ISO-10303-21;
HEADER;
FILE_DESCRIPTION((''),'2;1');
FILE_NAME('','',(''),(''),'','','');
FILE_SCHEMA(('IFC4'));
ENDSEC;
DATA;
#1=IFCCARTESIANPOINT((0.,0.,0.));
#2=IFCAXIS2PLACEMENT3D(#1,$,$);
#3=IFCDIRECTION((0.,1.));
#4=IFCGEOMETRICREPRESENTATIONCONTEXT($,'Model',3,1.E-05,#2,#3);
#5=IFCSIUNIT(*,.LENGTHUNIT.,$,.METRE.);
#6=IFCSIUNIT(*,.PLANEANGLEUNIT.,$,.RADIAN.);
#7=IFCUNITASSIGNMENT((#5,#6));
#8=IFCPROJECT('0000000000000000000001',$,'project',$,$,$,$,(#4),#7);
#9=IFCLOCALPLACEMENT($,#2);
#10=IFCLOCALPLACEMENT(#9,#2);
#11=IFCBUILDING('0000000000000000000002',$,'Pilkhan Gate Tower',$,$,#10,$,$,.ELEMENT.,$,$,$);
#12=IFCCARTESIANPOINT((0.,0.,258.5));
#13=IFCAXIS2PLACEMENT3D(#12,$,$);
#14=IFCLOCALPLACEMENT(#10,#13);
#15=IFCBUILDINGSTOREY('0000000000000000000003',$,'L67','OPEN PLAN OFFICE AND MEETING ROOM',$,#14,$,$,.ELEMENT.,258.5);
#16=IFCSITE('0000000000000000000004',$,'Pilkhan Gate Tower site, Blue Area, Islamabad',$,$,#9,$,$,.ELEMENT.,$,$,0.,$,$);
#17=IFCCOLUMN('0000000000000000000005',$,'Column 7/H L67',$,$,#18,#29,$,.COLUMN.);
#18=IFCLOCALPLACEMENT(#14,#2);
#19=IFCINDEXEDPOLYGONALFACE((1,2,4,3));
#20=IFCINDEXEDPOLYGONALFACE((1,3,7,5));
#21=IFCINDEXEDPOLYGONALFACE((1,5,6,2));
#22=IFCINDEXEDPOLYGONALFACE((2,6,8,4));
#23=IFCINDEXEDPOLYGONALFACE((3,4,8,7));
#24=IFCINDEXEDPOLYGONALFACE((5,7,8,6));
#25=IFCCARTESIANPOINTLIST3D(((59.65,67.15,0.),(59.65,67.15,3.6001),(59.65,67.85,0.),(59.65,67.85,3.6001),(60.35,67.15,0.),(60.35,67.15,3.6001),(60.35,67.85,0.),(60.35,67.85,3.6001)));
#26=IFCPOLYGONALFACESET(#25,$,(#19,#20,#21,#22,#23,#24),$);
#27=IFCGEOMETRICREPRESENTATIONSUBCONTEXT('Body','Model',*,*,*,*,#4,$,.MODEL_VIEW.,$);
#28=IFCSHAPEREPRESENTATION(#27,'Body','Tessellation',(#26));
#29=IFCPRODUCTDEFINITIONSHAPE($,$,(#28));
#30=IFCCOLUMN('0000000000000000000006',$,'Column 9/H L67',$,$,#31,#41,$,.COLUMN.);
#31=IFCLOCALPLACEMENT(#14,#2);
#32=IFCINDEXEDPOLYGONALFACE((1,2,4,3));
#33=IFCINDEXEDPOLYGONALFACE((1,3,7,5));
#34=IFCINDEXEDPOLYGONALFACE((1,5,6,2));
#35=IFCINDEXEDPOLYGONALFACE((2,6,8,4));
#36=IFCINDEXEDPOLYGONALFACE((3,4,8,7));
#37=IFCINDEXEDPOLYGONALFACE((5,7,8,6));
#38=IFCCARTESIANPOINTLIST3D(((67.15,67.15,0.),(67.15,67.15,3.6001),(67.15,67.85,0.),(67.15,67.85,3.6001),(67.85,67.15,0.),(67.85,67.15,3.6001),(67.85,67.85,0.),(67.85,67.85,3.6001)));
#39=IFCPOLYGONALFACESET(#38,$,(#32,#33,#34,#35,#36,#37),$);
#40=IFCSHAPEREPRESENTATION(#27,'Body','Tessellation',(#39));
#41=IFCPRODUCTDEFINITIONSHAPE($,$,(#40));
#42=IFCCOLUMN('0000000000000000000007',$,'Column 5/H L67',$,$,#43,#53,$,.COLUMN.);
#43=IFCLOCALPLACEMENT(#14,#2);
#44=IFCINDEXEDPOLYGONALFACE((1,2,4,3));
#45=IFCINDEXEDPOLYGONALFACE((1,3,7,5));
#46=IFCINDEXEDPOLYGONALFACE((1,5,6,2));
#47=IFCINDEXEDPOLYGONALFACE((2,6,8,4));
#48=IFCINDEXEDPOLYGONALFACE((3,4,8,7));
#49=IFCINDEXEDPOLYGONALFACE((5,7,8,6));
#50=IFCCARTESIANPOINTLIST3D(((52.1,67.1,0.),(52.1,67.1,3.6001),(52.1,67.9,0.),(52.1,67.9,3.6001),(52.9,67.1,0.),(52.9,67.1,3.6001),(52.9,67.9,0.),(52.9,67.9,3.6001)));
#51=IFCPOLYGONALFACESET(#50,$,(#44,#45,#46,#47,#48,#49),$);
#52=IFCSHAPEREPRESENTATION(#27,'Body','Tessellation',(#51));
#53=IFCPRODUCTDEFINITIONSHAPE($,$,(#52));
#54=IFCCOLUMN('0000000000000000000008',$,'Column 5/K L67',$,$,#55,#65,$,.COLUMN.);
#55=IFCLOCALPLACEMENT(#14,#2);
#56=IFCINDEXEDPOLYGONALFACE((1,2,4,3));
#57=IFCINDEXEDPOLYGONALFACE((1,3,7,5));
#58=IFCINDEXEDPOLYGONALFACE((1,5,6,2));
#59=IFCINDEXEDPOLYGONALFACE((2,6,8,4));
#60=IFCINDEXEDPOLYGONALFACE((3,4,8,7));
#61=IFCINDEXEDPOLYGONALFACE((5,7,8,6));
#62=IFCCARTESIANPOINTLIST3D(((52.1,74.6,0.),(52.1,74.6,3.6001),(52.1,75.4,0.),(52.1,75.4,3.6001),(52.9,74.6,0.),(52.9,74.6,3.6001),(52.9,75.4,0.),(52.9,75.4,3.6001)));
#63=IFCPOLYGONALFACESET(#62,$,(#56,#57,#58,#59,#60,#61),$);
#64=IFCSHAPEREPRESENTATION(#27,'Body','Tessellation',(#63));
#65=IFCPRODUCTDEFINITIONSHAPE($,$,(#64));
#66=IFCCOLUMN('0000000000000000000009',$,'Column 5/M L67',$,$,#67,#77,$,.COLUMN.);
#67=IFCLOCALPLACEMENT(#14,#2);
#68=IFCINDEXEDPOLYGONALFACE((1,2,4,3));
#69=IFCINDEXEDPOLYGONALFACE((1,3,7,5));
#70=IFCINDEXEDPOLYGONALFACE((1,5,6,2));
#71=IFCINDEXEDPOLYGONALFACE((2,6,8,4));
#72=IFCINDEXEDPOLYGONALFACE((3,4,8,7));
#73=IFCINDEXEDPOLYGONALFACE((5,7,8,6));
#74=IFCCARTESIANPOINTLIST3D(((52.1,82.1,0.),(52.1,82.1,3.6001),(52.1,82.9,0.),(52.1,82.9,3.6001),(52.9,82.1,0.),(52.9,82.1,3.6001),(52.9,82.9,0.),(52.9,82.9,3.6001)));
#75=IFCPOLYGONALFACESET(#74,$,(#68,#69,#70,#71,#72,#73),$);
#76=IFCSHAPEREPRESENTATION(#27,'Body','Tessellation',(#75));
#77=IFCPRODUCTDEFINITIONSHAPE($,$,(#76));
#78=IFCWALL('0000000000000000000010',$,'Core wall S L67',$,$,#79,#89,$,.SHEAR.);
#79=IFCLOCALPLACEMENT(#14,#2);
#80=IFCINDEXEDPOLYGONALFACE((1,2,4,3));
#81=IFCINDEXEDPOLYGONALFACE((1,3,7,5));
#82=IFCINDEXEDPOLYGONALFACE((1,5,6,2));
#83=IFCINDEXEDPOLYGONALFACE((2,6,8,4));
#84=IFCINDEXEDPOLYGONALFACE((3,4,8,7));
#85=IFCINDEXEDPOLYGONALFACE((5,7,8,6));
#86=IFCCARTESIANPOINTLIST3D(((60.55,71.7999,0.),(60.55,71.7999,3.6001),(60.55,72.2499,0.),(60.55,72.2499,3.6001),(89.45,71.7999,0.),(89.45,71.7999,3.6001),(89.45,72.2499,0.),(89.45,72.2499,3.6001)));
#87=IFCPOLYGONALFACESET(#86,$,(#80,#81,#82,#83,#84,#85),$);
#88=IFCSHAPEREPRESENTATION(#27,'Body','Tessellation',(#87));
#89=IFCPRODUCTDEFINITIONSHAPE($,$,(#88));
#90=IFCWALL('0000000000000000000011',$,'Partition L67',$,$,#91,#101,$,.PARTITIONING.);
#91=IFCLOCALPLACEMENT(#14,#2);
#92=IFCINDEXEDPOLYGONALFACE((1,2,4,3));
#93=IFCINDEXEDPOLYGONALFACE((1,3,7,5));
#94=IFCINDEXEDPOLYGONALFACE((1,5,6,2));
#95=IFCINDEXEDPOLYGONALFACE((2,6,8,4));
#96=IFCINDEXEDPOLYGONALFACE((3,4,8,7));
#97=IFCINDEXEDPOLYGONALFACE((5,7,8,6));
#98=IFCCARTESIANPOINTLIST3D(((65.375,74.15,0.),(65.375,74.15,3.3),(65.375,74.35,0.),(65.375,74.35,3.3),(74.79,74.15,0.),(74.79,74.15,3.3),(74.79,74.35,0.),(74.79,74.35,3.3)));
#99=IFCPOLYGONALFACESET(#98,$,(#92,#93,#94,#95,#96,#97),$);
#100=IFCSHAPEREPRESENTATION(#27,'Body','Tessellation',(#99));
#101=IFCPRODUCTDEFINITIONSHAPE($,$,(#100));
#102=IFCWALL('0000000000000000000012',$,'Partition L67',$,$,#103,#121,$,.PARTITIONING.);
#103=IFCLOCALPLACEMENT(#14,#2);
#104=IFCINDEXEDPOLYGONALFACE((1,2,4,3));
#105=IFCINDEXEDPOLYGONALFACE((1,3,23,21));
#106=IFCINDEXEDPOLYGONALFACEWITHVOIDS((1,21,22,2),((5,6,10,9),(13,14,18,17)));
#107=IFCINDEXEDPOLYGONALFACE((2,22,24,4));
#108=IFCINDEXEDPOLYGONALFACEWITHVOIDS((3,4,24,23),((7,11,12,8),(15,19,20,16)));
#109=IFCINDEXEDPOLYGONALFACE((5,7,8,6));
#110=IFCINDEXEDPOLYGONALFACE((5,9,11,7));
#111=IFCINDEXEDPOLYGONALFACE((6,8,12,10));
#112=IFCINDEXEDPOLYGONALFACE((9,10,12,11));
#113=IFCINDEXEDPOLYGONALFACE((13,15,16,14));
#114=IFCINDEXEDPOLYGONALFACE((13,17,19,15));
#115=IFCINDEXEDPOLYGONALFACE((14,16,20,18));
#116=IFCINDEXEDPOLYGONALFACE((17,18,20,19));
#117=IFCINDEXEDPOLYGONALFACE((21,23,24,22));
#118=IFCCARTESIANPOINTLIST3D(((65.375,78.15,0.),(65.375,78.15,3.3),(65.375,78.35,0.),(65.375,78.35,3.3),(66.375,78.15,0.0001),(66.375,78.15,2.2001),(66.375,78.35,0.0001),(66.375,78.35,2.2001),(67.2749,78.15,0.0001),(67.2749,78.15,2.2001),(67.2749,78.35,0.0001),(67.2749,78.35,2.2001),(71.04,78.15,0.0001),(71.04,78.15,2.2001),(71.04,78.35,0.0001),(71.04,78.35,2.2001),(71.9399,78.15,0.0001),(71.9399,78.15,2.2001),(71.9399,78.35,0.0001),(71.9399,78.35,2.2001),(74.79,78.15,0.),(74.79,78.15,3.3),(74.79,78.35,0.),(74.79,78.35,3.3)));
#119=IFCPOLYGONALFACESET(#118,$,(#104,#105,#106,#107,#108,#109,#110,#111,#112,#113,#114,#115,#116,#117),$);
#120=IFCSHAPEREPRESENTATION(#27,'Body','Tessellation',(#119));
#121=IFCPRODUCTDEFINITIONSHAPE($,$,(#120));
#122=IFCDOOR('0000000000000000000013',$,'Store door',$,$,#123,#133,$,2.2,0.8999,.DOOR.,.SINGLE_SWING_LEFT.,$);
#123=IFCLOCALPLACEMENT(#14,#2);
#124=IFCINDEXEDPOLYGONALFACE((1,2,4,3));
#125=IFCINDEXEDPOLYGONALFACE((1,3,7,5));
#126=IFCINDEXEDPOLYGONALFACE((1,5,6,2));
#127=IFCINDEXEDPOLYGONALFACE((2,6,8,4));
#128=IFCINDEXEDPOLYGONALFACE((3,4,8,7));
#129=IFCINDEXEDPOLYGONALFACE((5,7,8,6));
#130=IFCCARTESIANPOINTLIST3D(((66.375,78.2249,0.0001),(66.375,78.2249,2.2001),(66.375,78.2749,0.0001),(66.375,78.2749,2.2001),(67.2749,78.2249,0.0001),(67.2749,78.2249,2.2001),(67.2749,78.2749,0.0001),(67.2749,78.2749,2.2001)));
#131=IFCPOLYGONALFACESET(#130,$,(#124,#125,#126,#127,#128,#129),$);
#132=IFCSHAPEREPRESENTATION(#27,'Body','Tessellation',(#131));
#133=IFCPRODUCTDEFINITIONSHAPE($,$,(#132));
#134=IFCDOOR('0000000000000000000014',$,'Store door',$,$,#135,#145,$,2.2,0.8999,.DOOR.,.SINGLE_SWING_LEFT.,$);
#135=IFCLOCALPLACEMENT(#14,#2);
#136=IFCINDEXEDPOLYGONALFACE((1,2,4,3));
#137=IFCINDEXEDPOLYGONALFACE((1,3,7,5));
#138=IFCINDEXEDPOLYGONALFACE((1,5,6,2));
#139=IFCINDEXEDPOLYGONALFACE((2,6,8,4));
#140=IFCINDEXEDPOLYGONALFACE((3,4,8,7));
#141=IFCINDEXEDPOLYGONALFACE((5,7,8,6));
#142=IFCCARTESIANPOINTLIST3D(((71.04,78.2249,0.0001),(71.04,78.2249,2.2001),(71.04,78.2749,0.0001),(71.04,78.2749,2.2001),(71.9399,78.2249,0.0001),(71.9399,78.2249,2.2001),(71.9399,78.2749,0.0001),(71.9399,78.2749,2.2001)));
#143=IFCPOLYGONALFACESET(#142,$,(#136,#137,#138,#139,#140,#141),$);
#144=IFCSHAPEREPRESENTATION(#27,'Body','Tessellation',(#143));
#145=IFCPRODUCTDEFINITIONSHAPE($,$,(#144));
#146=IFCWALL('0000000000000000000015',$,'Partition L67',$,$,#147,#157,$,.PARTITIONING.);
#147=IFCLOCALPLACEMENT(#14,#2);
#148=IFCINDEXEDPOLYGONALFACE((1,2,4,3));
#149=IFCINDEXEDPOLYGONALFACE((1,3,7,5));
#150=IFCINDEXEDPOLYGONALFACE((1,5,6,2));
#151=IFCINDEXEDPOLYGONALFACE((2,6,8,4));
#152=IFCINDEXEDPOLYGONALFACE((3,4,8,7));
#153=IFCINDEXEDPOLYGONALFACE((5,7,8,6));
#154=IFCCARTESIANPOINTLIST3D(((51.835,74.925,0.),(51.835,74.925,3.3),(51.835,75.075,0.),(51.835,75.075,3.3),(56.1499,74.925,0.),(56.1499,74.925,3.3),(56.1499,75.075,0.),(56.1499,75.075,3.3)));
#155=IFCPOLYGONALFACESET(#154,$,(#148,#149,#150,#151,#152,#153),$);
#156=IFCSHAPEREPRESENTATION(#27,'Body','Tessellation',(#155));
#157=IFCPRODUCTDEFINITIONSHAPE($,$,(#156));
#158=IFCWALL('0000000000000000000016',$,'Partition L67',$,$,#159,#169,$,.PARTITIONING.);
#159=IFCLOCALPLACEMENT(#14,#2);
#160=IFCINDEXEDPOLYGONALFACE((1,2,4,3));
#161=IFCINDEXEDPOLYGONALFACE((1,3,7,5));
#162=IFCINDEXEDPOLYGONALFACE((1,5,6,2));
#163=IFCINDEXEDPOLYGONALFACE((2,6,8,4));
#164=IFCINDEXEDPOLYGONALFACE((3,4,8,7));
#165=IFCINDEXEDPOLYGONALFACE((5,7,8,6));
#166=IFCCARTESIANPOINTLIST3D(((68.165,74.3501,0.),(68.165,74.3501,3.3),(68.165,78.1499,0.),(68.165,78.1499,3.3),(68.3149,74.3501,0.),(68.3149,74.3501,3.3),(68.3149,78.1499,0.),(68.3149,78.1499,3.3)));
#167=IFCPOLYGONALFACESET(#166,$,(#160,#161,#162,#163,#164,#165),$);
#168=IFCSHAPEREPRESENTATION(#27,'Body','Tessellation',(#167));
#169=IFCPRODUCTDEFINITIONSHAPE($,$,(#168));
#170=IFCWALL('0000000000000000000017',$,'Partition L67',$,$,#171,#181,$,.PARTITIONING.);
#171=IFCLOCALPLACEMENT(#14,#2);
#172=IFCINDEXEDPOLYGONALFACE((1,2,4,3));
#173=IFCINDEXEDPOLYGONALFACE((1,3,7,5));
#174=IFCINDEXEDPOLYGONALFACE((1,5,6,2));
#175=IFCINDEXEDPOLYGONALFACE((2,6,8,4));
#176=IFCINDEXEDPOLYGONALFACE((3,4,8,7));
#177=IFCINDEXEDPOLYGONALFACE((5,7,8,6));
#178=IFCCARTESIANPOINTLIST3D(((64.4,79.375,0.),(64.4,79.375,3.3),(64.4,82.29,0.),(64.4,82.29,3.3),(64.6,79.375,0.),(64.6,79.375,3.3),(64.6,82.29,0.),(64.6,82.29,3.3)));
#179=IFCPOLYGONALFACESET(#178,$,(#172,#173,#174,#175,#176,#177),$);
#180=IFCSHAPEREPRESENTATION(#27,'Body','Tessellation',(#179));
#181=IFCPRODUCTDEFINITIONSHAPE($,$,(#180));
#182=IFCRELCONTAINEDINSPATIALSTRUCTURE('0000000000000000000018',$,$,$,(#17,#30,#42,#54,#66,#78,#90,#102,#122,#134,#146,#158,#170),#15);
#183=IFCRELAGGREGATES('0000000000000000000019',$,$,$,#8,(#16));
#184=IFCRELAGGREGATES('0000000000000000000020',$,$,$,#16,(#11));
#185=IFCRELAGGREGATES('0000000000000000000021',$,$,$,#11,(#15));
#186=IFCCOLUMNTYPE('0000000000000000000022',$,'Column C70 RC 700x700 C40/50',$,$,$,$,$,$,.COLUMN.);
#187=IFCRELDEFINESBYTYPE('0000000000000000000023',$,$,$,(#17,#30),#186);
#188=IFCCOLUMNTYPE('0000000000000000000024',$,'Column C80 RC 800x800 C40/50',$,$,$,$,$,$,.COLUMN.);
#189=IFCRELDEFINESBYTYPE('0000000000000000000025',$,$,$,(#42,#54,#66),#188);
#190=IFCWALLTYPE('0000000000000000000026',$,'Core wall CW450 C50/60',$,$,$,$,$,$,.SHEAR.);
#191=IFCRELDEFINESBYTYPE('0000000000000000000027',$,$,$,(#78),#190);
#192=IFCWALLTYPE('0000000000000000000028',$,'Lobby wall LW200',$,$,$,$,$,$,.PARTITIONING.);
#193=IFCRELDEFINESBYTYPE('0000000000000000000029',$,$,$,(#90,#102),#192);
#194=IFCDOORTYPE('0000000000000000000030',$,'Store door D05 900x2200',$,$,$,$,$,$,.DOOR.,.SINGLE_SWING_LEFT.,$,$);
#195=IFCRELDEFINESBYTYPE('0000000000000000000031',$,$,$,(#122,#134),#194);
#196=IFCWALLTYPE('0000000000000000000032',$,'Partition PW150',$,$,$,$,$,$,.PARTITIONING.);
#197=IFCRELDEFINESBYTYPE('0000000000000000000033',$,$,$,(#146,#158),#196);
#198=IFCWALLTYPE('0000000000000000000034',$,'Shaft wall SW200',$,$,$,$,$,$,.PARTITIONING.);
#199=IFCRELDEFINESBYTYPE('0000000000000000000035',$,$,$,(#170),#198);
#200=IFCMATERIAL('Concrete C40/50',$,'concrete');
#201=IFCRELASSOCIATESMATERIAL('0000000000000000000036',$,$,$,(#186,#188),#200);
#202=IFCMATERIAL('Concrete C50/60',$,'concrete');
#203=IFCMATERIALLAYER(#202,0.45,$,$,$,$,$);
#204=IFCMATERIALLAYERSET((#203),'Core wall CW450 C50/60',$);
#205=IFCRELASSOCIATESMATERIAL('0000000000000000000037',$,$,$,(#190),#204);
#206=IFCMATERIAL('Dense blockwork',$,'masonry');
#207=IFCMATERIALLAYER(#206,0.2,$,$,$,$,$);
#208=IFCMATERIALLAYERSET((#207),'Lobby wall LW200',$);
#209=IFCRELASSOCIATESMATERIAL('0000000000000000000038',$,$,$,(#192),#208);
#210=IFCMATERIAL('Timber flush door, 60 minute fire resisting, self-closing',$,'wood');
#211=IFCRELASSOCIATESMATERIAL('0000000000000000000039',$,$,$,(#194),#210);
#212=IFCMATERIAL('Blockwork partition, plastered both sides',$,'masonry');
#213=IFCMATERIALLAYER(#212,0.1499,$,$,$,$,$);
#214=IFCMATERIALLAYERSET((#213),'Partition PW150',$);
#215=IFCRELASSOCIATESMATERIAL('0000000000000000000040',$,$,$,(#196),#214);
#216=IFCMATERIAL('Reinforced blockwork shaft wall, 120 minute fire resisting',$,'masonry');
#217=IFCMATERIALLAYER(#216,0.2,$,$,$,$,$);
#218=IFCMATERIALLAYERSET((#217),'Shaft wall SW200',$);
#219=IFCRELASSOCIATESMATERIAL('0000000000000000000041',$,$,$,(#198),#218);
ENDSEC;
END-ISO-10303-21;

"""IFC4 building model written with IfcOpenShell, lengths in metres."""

from ifc_helpers import new_model, si_unit, direction, frame, frame_2d, origin, origin_2d, place, context, subcontext, project, spatial, rectangle, extrude, material, layer, layer_set, material_profile, profile_set, type_object, element, fill, save


model = new_model("IFC4")

# Units and contexts
model_context = context("Model", 3, precision=1e-05, world=origin(), true_north=direction((0.0, 1.0)))
body_context = subcontext(model_context, "Body", "Model", "MODEL_VIEW")
ifc_project = project(units=[si_unit("LENGTHUNIT", "METRE"), si_unit("PLANEANGLEUNIT", "RADIAN")], contexts=[model_context])

# Site, building, storey
site_placement = place(None, origin())
site = spatial("IfcSite", under=ifc_project, at=site_placement, Name="Pilkhan Gate Tower site, Blue Area, Islamabad", CompositionType="ELEMENT", RefElevation=0.0)
building_placement = place(site_placement, origin())
building = spatial("IfcBuilding", under=site, at=building_placement, Name="Pilkhan Gate Tower", CompositionType="ELEMENT")
storey_placement = place(building_placement, frame((0.0, 0.0, 258.5)))
storey = spatial("IfcBuildingStorey", under=building, at=storey_placement, Name="L67", Description="OPEN PLAN OFFICE AND MEETING ROOM", CompositionType="ELEMENT", Elevation=258.5)

# Columns
ifc_material_1 = material(Name="Concrete C40/50", Category="concrete")
ifc_material_profile_1 = material_profile(ifc_material_1, rectangle(XDim=0.7, YDim=0.7, at=origin_2d()), Name="RC 700x700")
ifc_profile_set_1 = profile_set([ifc_material_profile_1], Name="Concrete C40/50")
column_type_1 = type_object("IfcColumnType", Name="Column C70 RC 700x700 C40/50", PredefinedType="COLUMN", material=ifc_profile_set_1)
for number, where, z_axis, x_axis, name in (
    (1, (60.0, 67.5, 0.0), (0.0, 0.0, 1.0), (1.0, 0.0, 0.0), "Column 7/H L67"),
    (2, (67.5, 67.5, 0.0), (0.0, 0.0, 1.0), (1.0, 0.0, 0.0), "Column 9/H L67"),
):
    element("IfcColumn", number, at=place(storey_placement, frame(where, z_axis=z_axis, x_axis=x_axis)), inside=storey, type_object=column_type_1, Name=name, PredefinedType="COLUMN", context=body_context, shape_type="SweptSolid", body=[
        extrude(rectangle(XDim=0.7, YDim=0.7, at=origin_2d()), origin(), (0.0, 0.0, 1.0), 3.6001),
    ])
ifc_material_profile_2 = material_profile(ifc_material_1, rectangle(XDim=0.8, YDim=0.8, at=origin_2d()), Name="RC 800x800")
ifc_profile_set_2 = profile_set([ifc_material_profile_2], Name="Concrete C40/50")
column_type_2 = type_object("IfcColumnType", Name="Column C80 RC 800x800 C40/50", PredefinedType="COLUMN", material=ifc_profile_set_2)
for number, where, z_axis, x_axis, name in (
    (3, (52.5, 67.5, 0.0), (0.0, 0.0, 1.0), (1.0, 0.0, 0.0), "Column 5/H L67"),
    (4, (52.5, 75.0, 0.0), (0.0, 0.0, 1.0), (1.0, 0.0, 0.0), "Column 5/K L67"),
    (5, (52.5, 82.5, 0.0), (0.0, 0.0, 1.0), (1.0, 0.0, 0.0), "Column 5/M L67"),
):
    element("IfcColumn", number, at=place(storey_placement, frame(where, z_axis=z_axis, x_axis=x_axis)), inside=storey, type_object=column_type_2, Name=name, PredefinedType="COLUMN", context=body_context, shape_type="SweptSolid", body=[
        extrude(rectangle(XDim=0.8, YDim=0.8, at=origin_2d()), origin(), (0.0, 0.0, 1.0), 3.6001),
    ])

# Walls
ifc_material_2 = material(Name="Concrete C50/60", Category="concrete")
ifc_layer_1 = layer(ifc_material_2, 0.45)
ifc_layer_set_1 = layer_set([ifc_layer_1], Name="Core wall CW450 C50/60")
wall_type_1 = type_object("IfcWallType", Name="Core wall CW450 C50/60", PredefinedType="SHEAR", material=ifc_layer_set_1)
wall_1_placement = place(storey_placement, frame((60.55, 72.0249, 0.0), z_axis=(0.0, 0.0, 1.0), x_axis=(1.0, 0.0, 0.0)))
element("IfcWall", 6, at=wall_1_placement, inside=storey, type_object=wall_type_1, Name="Core wall S L67", PredefinedType="SHEAR", context=body_context, shape_type="SweptSolid", body=[
    extrude(rectangle(XDim=28.8999, YDim=0.45, at=frame_2d((14.45, 0.0))), origin(), (0.0, 0.0, 1.0), 3.6001),
])
ifc_material_3 = material(Name="Dense blockwork", Category="masonry")
ifc_layer_2 = layer(ifc_material_3, 0.2)
ifc_layer_set_2 = layer_set([ifc_layer_2], Name="Lobby wall LW200")
wall_type_2 = type_object("IfcWallType", Name="Lobby wall LW200", PredefinedType="PARTITIONING", material=ifc_layer_set_2)
wall_2_placement = place(storey_placement, frame((65.375, 74.25, 0.0), z_axis=(0.0, 0.0, 1.0), x_axis=(1.0, 0.0, 0.0)))
element("IfcWall", 7, at=wall_2_placement, inside=storey, type_object=wall_type_2, Name="Partition L67", PredefinedType="PARTITIONING", context=body_context, shape_type="SweptSolid", body=[
    extrude(rectangle(XDim=9.415, YDim=0.2, at=frame_2d((4.7075, 0.0))), origin(), (0.0, 0.0, 1.0), 3.3),
])

# Wall, openings, doors
wall_3_placement = place(storey_placement, frame((65.375, 78.25, 0.0), z_axis=(0.0, 0.0, 1.0), x_axis=(1.0, 0.0, 0.0)))
wall_3 = element("IfcWall", 8, at=wall_3_placement, inside=storey, type_object=wall_type_2, Name="Partition L67", PredefinedType="PARTITIONING", context=body_context, shape_type="SweptSolid", body=[
    extrude(rectangle(XDim=9.415, YDim=0.2, at=frame_2d((4.7075, 0.0))), origin(), (0.0, 0.0, 1.0), 3.3),
])
opening_1_placement = place(wall_3_placement, frame((1.0, 0.0, 0.0)))
opening_1 = element("IfcOpeningElement", 9, at=opening_1_placement, cuts=wall_3, PredefinedType="OPENING", context=body_context, shape_type="SweptSolid", body=[
    extrude(rectangle(XDim=0.8999, YDim=2.2, at=frame_2d((0.45, 1.1001))), frame((0.0, 0.1099, 0.0), z_axis=(0.0, -1.0, 0.0), x_axis=(1.0, 0.0, 0.0)), (0.0, 0.0, 1.0), 0.22),
])
opening_2_placement = place(wall_3_placement, frame((5.665, 0.0, 0.0)))
opening_2 = element("IfcOpeningElement", 10, at=opening_2_placement, cuts=wall_3, PredefinedType="OPENING", context=body_context, shape_type="SweptSolid", body=[
    extrude(rectangle(XDim=0.8999, YDim=2.2, at=frame_2d((0.45, 1.1001))), frame((0.0, 0.1099, 0.0), z_axis=(0.0, -1.0, 0.0), x_axis=(1.0, 0.0, 0.0)), (0.0, 0.0, 1.0), 0.22),
])
ifc_material_4 = material(Name="Timber flush door, 60 minute fire resisting, self-closing", Category="wood")
door_type = type_object("IfcDoorType", Name="Store door D05 900x2200", OperationType="SINGLE_SWING_LEFT", PredefinedType="DOOR", material=ifc_material_4)
door_1_placement = place(opening_1_placement, origin())
door_1 = element("IfcDoor", 11, at=door_1_placement, inside=storey, type_object=door_type, Name="Store door", OperationType="SINGLE_SWING_LEFT", OverallHeight=2.2, OverallWidth=0.8999, PredefinedType="DOOR", context=body_context, shape_type="SweptSolid", body=[
    extrude(rectangle(XDim=0.8999, YDim=2.2, at=frame_2d((0.45, 1.1001))), frame((0.0, 0.0249, 0.0), z_axis=(0.0, -1.0, 0.0), x_axis=(1.0, 0.0, 0.0)), (0.0, 0.0, 1.0), 0.05),
])
fill(opening_1, door_1)
door_2_placement = place(opening_2_placement, origin())
door_2 = element("IfcDoor", 12, at=door_2_placement, inside=storey, type_object=door_type, Name="Store door", OperationType="SINGLE_SWING_LEFT", OverallHeight=2.2, OverallWidth=0.8999, PredefinedType="DOOR", context=body_context, shape_type="SweptSolid", body=[
    extrude(rectangle(XDim=0.8999, YDim=2.2, at=frame_2d((0.45, 1.1001))), frame((0.0, 0.0249, 0.0), z_axis=(0.0, -1.0, 0.0), x_axis=(1.0, 0.0, 0.0)), (0.0, 0.0, 1.0), 0.05),
])
fill(opening_2, door_2)

# Walls
ifc_material_5 = material(Name="Blockwork partition, plastered both sides", Category="masonry")
ifc_layer_3 = layer(ifc_material_5, 0.1499)
ifc_layer_set_3 = layer_set([ifc_layer_3], Name="Partition PW150")
wall_type_3 = type_object("IfcWallType", Name="Partition PW150", PredefinedType="PARTITIONING", material=ifc_layer_set_3)
wall_4_placement = place(storey_placement, frame((51.835, 75.0, 0.0), z_axis=(0.0, 0.0, 1.0), x_axis=(1.0, 0.0, 0.0)))
element("IfcWall", 13, at=wall_4_placement, inside=storey, type_object=wall_type_3, Name="Partition L67", PredefinedType="PARTITIONING", context=body_context, shape_type="SweptSolid", body=[
    extrude(rectangle(XDim=4.3149, YDim=0.1499, at=frame_2d((2.1575, 0.0))), origin(), (0.0, 0.0, 1.0), 3.3),
])
wall_5_placement = place(storey_placement, frame((68.24, 74.3501, 0.0), z_axis=(0.0, 0.0, 1.0), x_axis=(0.0, 1.0, 0.0)))
element("IfcWall", 14, at=wall_5_placement, inside=storey, type_object=wall_type_3, Name="Partition L67", PredefinedType="PARTITIONING", context=body_context, shape_type="SweptSolid", body=[
    extrude(rectangle(XDim=3.7998, YDim=0.1499, at=frame_2d((1.8999, 0.0))), origin(), (0.0, 0.0, 1.0), 3.3),
])
ifc_material_6 = material(Name="Reinforced blockwork shaft wall, 120 minute fire resisting", Category="masonry")
ifc_layer_4 = layer(ifc_material_6, 0.2)
ifc_layer_set_4 = layer_set([ifc_layer_4], Name="Shaft wall SW200")
wall_type_4 = type_object("IfcWallType", Name="Shaft wall SW200", PredefinedType="PARTITIONING", material=ifc_layer_set_4)
wall_6_placement = place(storey_placement, frame((64.5, 79.375, 0.0), z_axis=(0.0, 0.0, 1.0), x_axis=(0.0, 1.0, 0.0)))
element("IfcWall", 15, at=wall_6_placement, inside=storey, type_object=wall_type_4, Name="Partition L67", PredefinedType="PARTITIONING", context=body_context, shape_type="SweptSolid", body=[
    extrude(rectangle(XDim=2.915, YDim=0.2, at=frame_2d((1.4575, 0.0))), origin(), (0.0, 0.0, 1.0), 3.3),
])

save(model, "model.ifc")
